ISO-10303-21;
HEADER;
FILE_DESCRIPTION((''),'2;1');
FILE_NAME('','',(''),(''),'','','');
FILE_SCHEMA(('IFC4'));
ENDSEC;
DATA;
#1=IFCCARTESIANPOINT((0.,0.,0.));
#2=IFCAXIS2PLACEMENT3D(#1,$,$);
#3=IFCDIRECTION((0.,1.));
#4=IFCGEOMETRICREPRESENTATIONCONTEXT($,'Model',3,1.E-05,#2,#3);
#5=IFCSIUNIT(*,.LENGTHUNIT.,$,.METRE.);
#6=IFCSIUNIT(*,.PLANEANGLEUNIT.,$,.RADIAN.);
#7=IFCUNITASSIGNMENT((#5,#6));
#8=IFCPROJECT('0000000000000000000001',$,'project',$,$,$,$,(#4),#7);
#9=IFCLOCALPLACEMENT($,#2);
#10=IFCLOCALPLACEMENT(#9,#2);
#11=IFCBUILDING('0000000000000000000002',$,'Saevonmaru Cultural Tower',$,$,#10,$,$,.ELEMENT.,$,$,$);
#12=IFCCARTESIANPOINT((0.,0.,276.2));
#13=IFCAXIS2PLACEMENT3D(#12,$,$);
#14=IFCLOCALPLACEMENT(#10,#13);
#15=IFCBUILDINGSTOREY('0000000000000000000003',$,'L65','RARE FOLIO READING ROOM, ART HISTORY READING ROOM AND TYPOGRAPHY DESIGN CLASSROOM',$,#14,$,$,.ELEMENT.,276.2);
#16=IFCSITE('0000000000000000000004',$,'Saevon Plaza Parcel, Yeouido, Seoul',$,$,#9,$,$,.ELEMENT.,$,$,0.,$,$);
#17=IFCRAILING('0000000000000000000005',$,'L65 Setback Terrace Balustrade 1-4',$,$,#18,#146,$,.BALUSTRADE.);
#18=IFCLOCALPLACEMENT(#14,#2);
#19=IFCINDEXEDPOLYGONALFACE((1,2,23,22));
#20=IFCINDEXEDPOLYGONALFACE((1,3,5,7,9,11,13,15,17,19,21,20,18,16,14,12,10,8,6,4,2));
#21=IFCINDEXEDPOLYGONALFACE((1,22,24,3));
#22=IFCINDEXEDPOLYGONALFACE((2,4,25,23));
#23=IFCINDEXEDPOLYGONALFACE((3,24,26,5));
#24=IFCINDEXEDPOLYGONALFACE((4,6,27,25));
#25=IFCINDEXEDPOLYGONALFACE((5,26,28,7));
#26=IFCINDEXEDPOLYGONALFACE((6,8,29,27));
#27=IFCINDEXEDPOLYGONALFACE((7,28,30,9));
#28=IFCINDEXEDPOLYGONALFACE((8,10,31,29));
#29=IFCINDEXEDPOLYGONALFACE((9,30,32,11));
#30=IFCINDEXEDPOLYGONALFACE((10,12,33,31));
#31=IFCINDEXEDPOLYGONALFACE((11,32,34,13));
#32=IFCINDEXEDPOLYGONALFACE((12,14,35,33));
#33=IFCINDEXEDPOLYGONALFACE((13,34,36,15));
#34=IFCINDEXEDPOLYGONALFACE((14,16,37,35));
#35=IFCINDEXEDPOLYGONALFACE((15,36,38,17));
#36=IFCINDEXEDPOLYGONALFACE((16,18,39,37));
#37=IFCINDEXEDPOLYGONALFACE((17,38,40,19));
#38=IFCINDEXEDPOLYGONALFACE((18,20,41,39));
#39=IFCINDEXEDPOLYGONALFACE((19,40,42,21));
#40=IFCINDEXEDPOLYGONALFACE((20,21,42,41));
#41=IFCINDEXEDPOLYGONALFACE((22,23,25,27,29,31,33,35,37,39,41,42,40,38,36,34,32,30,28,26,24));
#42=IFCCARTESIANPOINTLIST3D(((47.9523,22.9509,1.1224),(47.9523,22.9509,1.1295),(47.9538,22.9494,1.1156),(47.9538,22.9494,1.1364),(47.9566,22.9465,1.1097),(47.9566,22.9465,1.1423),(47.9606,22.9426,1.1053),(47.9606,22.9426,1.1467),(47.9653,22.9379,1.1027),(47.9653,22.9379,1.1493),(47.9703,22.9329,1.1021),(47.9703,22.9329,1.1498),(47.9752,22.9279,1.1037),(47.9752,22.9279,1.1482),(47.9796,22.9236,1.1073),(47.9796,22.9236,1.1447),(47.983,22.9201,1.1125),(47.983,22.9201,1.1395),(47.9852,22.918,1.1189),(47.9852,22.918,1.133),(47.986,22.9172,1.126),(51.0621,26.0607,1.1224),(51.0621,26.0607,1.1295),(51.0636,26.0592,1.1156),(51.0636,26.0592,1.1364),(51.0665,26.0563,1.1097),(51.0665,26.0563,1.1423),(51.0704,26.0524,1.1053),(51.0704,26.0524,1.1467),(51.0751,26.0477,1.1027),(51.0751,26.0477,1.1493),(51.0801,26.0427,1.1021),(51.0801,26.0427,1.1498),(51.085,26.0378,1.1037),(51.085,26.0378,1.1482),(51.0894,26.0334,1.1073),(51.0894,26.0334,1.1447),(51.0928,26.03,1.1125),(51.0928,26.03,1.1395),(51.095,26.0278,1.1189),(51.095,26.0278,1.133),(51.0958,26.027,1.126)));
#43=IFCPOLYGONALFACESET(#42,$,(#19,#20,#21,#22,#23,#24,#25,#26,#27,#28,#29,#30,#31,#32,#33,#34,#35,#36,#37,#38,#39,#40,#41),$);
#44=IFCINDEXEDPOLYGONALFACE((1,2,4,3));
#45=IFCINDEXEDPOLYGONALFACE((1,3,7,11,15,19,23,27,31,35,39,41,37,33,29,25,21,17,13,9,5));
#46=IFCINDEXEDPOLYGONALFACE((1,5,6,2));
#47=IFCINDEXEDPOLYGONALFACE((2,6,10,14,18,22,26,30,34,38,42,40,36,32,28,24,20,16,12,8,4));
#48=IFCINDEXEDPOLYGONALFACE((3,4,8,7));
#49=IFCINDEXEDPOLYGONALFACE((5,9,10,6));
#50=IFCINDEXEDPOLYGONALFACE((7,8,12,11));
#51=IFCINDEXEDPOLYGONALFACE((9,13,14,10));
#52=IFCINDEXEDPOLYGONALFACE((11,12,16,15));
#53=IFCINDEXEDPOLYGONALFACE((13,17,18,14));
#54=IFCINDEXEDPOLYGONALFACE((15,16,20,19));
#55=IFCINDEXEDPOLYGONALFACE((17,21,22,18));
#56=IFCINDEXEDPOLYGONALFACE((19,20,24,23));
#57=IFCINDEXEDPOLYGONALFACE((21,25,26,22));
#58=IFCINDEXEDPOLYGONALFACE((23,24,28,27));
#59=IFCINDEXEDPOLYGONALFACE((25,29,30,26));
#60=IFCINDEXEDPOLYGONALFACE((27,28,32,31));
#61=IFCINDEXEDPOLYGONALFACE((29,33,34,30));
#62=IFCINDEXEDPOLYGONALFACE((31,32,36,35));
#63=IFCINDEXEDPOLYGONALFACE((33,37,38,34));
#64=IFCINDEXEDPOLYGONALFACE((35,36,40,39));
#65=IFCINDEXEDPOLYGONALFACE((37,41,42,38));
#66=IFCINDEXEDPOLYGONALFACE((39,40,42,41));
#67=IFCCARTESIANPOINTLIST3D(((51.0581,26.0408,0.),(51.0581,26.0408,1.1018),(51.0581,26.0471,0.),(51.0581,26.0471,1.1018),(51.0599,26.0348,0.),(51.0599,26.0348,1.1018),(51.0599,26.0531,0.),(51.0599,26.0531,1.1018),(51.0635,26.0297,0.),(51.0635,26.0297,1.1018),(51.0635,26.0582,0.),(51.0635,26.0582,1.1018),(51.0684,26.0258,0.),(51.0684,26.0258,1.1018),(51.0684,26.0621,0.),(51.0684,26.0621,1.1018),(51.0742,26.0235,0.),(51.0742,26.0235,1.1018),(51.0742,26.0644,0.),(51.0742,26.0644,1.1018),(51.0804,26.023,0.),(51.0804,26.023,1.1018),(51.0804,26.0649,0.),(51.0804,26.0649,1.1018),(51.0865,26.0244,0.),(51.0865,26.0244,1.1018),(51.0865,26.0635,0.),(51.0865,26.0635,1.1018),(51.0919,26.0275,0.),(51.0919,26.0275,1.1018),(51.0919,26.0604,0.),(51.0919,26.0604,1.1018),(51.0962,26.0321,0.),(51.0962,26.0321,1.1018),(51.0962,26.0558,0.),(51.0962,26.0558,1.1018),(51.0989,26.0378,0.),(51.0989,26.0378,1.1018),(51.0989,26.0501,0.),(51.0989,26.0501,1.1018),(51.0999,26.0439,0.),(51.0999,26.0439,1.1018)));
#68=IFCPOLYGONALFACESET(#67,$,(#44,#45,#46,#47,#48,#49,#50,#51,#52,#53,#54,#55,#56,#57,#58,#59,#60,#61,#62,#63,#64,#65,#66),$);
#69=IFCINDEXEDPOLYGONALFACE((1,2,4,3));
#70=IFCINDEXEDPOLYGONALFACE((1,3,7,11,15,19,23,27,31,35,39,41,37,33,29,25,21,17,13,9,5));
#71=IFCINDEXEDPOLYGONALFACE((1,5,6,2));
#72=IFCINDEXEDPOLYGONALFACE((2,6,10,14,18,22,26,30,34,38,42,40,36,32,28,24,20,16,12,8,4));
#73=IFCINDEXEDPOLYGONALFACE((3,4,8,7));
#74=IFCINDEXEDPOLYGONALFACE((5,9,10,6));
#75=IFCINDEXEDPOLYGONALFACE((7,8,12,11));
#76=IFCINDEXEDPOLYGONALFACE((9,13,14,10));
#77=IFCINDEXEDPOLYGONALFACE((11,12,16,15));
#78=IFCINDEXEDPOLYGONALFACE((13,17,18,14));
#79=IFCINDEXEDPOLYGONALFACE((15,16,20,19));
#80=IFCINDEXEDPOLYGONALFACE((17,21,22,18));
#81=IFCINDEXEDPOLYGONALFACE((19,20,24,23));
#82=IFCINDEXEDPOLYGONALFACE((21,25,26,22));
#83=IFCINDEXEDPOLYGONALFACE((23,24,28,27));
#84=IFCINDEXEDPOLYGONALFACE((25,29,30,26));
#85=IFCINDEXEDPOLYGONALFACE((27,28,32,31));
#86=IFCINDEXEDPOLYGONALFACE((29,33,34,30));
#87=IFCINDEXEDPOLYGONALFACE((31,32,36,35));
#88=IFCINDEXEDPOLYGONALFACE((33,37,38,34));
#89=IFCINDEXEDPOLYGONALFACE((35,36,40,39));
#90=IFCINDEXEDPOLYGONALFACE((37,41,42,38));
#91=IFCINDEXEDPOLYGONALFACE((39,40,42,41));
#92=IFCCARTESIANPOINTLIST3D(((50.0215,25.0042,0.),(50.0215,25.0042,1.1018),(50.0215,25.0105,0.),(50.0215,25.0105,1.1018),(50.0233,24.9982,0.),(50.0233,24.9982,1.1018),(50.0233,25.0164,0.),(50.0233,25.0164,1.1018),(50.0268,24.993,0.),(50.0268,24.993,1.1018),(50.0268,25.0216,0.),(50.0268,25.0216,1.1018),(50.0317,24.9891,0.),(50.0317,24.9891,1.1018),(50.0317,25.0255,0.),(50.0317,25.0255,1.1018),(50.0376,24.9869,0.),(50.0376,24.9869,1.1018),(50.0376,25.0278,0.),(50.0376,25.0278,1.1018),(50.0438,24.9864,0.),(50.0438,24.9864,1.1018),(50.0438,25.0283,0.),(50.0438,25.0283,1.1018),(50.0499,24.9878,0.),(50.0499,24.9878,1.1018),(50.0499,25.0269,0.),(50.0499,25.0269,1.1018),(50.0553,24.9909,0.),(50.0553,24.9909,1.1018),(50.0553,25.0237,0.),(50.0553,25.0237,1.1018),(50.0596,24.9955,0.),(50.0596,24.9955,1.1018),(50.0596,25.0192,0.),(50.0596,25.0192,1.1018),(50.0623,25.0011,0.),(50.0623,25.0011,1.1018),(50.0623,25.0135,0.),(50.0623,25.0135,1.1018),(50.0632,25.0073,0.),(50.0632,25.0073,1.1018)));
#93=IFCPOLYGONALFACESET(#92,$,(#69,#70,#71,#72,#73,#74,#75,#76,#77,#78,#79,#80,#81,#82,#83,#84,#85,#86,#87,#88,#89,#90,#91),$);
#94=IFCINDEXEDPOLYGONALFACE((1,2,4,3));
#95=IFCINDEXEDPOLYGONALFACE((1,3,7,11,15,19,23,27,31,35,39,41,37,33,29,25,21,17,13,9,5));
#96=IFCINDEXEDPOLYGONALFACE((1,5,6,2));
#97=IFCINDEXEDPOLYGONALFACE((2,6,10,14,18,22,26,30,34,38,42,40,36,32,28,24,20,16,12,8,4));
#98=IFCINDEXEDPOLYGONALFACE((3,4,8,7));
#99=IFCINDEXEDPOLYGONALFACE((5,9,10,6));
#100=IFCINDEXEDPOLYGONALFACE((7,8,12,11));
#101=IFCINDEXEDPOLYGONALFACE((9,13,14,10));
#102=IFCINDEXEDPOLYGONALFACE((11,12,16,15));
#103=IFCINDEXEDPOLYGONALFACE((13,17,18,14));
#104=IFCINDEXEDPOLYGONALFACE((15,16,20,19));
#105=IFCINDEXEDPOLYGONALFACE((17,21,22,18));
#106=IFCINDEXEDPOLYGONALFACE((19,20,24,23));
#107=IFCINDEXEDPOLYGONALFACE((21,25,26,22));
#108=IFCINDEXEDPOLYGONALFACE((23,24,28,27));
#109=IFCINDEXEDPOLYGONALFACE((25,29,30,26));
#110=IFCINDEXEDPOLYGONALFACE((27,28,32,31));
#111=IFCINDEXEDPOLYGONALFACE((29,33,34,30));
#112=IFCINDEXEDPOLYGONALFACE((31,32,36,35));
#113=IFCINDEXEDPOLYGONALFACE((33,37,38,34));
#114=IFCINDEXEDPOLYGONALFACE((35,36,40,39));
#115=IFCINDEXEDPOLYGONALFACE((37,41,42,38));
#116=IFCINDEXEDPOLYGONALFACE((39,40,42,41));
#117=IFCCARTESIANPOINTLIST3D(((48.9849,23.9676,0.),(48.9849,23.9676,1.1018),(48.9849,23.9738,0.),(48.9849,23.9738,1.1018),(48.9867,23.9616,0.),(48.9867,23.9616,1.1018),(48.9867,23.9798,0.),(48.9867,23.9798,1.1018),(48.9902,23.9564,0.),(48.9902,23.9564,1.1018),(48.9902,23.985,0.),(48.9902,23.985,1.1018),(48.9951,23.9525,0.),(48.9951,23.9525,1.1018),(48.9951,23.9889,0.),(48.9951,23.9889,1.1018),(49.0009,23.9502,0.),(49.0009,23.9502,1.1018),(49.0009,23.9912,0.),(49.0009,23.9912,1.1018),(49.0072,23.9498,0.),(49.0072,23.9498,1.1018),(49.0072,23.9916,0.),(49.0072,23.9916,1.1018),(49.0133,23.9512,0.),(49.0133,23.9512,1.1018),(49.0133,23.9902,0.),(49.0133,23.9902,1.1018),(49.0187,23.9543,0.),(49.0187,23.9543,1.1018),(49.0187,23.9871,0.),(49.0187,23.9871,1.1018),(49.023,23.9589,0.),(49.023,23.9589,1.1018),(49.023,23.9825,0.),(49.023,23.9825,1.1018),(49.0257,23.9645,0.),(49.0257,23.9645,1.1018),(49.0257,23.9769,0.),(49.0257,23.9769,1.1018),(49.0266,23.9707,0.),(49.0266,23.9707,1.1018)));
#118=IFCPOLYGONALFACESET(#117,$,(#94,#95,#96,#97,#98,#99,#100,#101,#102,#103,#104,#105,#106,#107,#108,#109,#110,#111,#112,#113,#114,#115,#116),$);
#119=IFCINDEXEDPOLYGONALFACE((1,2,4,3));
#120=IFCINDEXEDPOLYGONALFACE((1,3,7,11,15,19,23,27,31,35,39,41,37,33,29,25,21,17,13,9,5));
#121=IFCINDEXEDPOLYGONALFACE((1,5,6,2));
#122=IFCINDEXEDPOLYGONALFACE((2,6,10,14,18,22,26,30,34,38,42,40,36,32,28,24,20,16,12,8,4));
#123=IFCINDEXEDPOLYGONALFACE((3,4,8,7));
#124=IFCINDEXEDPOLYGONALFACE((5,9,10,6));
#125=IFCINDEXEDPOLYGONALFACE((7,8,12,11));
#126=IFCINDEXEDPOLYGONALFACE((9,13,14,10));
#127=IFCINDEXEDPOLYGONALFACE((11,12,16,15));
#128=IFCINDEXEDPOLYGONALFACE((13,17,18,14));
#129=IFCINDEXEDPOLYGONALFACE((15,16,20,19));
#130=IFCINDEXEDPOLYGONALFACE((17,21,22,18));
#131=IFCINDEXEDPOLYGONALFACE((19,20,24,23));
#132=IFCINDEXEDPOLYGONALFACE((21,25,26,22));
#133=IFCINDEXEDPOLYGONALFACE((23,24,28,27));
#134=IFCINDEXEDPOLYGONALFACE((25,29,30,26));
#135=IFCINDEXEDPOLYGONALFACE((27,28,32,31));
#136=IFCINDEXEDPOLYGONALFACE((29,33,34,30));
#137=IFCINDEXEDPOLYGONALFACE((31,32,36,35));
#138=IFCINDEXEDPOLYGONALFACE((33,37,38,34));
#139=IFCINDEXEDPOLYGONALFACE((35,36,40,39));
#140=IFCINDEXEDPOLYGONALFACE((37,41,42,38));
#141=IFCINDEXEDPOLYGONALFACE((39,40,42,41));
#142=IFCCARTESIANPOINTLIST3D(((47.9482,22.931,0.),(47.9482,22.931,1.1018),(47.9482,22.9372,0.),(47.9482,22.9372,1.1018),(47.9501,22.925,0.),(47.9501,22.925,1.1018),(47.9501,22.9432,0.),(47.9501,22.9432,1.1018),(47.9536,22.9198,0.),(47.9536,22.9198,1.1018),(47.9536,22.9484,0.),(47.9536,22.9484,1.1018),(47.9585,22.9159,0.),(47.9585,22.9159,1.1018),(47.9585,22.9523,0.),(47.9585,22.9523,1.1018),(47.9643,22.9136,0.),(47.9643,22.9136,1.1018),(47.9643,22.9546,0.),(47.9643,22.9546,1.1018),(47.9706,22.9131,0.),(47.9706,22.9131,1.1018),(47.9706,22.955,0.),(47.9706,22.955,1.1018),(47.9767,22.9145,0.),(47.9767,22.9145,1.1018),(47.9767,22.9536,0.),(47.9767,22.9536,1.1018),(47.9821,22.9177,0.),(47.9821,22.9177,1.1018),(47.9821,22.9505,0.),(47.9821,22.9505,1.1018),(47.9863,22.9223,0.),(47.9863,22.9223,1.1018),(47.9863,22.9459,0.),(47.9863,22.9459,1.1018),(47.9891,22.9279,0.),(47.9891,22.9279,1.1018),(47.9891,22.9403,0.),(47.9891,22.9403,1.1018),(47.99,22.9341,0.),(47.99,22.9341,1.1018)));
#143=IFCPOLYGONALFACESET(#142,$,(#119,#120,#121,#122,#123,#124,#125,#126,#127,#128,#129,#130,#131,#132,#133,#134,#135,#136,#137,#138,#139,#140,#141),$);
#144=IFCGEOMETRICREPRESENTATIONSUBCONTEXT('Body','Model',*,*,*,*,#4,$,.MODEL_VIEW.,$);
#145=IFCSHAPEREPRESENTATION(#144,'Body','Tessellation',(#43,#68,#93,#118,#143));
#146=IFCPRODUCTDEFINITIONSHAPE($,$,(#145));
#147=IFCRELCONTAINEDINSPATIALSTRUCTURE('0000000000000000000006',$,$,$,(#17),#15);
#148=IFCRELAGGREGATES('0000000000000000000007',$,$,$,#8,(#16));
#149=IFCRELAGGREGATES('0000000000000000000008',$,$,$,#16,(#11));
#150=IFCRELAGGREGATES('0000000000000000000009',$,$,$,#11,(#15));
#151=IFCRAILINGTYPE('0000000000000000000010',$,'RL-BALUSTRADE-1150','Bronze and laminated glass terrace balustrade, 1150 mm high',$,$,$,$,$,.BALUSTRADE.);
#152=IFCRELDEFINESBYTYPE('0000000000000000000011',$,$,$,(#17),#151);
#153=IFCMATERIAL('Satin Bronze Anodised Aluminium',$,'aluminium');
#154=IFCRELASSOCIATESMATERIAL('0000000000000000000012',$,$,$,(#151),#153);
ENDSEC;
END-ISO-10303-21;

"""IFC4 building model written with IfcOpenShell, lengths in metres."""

from ifc_helpers import new_model, si_unit, direction, frame, origin, origin_2d, place, context, subcontext, project, spatial, circle, extrude, material, type_object, element, save


model = new_model("IFC4")

# Units and contexts
model_context = context("Model", 3, precision=1e-05, world=origin(), true_north=direction((0.0, 1.0)))
body_context = subcontext(model_context, "Body", "Model", "MODEL_VIEW")
ifc_project = project(units=[si_unit("LENGTHUNIT", "METRE"), si_unit("PLANEANGLEUNIT", "RADIAN")], contexts=[model_context])

# Site, building, storey
site_placement = place(None, origin())
site = spatial("IfcSite", under=ifc_project, at=site_placement, Name="Saevon Plaza Parcel, Yeouido, Seoul", CompositionType="ELEMENT", RefElevation=0.0)
building_placement = place(site_placement, origin())
building = spatial("IfcBuilding", under=site, at=building_placement, Name="Saevonmaru Cultural Tower", CompositionType="ELEMENT")
storey_placement = place(building_placement, frame((0.0, 0.0, 276.2)))
storey = spatial("IfcBuildingStorey", under=building, at=storey_placement, Name="L65", Description="RARE FOLIO READING ROOM, ART HISTORY READING ROOM AND TYPOGRAPHY DESIGN CLASSROOM", CompositionType="ELEMENT", Elevation=276.2)

# Shared definitions
ifc_material_1 = material(Name="Satin Bronze Anodised Aluminium", Category="aluminium")

# Railing
railing_type = type_object("IfcRailingType", Name="RL-BALUSTRADE-1150", Description="Bronze and laminated glass terrace balustrade, 1150 mm high", PredefinedType="BALUSTRADE", material=ifc_material_1)
railing_1_placement = place(storey_placement, frame((51.0789, 26.0439, 0.0)))
element("IfcRailing", 1, at=railing_1_placement, inside=storey, type_object=railing_type, Name="L65 Setback Terrace Balustrade 1-4", PredefinedType="BALUSTRADE", context=body_context, shape_type="SweptSolid", body=[
    extrude(circle(Radius=0.0239, at=origin_2d()), frame((0.0, 0.0, 1.126), z_axis=(-0.707107, -0.707107, 0.0), x_axis=(0.707107, -0.707107, 0.0)), (0.0, 0.0, 1.0), 4.3979),
    extrude(circle(Radius=0.021, at=origin_2d()), origin(), (0.0, 0.0, 1.0), 1.1018),
    extrude(circle(Radius=0.021, at=origin_2d()), frame((-1.0366, -1.0366, 0.0)), (0.0, 0.0, 1.0), 1.1018),
    extrude(circle(Radius=0.021, at=origin_2d()), frame((-2.0732, -2.0732, 0.0)), (0.0, 0.0, 1.0), 1.1018),
    extrude(circle(Radius=0.021, at=origin_2d()), frame((-3.1099, -3.1099, 0.0)), (0.0, 0.0, 1.0), 1.1018),
])

save(model, "model.ifc")
